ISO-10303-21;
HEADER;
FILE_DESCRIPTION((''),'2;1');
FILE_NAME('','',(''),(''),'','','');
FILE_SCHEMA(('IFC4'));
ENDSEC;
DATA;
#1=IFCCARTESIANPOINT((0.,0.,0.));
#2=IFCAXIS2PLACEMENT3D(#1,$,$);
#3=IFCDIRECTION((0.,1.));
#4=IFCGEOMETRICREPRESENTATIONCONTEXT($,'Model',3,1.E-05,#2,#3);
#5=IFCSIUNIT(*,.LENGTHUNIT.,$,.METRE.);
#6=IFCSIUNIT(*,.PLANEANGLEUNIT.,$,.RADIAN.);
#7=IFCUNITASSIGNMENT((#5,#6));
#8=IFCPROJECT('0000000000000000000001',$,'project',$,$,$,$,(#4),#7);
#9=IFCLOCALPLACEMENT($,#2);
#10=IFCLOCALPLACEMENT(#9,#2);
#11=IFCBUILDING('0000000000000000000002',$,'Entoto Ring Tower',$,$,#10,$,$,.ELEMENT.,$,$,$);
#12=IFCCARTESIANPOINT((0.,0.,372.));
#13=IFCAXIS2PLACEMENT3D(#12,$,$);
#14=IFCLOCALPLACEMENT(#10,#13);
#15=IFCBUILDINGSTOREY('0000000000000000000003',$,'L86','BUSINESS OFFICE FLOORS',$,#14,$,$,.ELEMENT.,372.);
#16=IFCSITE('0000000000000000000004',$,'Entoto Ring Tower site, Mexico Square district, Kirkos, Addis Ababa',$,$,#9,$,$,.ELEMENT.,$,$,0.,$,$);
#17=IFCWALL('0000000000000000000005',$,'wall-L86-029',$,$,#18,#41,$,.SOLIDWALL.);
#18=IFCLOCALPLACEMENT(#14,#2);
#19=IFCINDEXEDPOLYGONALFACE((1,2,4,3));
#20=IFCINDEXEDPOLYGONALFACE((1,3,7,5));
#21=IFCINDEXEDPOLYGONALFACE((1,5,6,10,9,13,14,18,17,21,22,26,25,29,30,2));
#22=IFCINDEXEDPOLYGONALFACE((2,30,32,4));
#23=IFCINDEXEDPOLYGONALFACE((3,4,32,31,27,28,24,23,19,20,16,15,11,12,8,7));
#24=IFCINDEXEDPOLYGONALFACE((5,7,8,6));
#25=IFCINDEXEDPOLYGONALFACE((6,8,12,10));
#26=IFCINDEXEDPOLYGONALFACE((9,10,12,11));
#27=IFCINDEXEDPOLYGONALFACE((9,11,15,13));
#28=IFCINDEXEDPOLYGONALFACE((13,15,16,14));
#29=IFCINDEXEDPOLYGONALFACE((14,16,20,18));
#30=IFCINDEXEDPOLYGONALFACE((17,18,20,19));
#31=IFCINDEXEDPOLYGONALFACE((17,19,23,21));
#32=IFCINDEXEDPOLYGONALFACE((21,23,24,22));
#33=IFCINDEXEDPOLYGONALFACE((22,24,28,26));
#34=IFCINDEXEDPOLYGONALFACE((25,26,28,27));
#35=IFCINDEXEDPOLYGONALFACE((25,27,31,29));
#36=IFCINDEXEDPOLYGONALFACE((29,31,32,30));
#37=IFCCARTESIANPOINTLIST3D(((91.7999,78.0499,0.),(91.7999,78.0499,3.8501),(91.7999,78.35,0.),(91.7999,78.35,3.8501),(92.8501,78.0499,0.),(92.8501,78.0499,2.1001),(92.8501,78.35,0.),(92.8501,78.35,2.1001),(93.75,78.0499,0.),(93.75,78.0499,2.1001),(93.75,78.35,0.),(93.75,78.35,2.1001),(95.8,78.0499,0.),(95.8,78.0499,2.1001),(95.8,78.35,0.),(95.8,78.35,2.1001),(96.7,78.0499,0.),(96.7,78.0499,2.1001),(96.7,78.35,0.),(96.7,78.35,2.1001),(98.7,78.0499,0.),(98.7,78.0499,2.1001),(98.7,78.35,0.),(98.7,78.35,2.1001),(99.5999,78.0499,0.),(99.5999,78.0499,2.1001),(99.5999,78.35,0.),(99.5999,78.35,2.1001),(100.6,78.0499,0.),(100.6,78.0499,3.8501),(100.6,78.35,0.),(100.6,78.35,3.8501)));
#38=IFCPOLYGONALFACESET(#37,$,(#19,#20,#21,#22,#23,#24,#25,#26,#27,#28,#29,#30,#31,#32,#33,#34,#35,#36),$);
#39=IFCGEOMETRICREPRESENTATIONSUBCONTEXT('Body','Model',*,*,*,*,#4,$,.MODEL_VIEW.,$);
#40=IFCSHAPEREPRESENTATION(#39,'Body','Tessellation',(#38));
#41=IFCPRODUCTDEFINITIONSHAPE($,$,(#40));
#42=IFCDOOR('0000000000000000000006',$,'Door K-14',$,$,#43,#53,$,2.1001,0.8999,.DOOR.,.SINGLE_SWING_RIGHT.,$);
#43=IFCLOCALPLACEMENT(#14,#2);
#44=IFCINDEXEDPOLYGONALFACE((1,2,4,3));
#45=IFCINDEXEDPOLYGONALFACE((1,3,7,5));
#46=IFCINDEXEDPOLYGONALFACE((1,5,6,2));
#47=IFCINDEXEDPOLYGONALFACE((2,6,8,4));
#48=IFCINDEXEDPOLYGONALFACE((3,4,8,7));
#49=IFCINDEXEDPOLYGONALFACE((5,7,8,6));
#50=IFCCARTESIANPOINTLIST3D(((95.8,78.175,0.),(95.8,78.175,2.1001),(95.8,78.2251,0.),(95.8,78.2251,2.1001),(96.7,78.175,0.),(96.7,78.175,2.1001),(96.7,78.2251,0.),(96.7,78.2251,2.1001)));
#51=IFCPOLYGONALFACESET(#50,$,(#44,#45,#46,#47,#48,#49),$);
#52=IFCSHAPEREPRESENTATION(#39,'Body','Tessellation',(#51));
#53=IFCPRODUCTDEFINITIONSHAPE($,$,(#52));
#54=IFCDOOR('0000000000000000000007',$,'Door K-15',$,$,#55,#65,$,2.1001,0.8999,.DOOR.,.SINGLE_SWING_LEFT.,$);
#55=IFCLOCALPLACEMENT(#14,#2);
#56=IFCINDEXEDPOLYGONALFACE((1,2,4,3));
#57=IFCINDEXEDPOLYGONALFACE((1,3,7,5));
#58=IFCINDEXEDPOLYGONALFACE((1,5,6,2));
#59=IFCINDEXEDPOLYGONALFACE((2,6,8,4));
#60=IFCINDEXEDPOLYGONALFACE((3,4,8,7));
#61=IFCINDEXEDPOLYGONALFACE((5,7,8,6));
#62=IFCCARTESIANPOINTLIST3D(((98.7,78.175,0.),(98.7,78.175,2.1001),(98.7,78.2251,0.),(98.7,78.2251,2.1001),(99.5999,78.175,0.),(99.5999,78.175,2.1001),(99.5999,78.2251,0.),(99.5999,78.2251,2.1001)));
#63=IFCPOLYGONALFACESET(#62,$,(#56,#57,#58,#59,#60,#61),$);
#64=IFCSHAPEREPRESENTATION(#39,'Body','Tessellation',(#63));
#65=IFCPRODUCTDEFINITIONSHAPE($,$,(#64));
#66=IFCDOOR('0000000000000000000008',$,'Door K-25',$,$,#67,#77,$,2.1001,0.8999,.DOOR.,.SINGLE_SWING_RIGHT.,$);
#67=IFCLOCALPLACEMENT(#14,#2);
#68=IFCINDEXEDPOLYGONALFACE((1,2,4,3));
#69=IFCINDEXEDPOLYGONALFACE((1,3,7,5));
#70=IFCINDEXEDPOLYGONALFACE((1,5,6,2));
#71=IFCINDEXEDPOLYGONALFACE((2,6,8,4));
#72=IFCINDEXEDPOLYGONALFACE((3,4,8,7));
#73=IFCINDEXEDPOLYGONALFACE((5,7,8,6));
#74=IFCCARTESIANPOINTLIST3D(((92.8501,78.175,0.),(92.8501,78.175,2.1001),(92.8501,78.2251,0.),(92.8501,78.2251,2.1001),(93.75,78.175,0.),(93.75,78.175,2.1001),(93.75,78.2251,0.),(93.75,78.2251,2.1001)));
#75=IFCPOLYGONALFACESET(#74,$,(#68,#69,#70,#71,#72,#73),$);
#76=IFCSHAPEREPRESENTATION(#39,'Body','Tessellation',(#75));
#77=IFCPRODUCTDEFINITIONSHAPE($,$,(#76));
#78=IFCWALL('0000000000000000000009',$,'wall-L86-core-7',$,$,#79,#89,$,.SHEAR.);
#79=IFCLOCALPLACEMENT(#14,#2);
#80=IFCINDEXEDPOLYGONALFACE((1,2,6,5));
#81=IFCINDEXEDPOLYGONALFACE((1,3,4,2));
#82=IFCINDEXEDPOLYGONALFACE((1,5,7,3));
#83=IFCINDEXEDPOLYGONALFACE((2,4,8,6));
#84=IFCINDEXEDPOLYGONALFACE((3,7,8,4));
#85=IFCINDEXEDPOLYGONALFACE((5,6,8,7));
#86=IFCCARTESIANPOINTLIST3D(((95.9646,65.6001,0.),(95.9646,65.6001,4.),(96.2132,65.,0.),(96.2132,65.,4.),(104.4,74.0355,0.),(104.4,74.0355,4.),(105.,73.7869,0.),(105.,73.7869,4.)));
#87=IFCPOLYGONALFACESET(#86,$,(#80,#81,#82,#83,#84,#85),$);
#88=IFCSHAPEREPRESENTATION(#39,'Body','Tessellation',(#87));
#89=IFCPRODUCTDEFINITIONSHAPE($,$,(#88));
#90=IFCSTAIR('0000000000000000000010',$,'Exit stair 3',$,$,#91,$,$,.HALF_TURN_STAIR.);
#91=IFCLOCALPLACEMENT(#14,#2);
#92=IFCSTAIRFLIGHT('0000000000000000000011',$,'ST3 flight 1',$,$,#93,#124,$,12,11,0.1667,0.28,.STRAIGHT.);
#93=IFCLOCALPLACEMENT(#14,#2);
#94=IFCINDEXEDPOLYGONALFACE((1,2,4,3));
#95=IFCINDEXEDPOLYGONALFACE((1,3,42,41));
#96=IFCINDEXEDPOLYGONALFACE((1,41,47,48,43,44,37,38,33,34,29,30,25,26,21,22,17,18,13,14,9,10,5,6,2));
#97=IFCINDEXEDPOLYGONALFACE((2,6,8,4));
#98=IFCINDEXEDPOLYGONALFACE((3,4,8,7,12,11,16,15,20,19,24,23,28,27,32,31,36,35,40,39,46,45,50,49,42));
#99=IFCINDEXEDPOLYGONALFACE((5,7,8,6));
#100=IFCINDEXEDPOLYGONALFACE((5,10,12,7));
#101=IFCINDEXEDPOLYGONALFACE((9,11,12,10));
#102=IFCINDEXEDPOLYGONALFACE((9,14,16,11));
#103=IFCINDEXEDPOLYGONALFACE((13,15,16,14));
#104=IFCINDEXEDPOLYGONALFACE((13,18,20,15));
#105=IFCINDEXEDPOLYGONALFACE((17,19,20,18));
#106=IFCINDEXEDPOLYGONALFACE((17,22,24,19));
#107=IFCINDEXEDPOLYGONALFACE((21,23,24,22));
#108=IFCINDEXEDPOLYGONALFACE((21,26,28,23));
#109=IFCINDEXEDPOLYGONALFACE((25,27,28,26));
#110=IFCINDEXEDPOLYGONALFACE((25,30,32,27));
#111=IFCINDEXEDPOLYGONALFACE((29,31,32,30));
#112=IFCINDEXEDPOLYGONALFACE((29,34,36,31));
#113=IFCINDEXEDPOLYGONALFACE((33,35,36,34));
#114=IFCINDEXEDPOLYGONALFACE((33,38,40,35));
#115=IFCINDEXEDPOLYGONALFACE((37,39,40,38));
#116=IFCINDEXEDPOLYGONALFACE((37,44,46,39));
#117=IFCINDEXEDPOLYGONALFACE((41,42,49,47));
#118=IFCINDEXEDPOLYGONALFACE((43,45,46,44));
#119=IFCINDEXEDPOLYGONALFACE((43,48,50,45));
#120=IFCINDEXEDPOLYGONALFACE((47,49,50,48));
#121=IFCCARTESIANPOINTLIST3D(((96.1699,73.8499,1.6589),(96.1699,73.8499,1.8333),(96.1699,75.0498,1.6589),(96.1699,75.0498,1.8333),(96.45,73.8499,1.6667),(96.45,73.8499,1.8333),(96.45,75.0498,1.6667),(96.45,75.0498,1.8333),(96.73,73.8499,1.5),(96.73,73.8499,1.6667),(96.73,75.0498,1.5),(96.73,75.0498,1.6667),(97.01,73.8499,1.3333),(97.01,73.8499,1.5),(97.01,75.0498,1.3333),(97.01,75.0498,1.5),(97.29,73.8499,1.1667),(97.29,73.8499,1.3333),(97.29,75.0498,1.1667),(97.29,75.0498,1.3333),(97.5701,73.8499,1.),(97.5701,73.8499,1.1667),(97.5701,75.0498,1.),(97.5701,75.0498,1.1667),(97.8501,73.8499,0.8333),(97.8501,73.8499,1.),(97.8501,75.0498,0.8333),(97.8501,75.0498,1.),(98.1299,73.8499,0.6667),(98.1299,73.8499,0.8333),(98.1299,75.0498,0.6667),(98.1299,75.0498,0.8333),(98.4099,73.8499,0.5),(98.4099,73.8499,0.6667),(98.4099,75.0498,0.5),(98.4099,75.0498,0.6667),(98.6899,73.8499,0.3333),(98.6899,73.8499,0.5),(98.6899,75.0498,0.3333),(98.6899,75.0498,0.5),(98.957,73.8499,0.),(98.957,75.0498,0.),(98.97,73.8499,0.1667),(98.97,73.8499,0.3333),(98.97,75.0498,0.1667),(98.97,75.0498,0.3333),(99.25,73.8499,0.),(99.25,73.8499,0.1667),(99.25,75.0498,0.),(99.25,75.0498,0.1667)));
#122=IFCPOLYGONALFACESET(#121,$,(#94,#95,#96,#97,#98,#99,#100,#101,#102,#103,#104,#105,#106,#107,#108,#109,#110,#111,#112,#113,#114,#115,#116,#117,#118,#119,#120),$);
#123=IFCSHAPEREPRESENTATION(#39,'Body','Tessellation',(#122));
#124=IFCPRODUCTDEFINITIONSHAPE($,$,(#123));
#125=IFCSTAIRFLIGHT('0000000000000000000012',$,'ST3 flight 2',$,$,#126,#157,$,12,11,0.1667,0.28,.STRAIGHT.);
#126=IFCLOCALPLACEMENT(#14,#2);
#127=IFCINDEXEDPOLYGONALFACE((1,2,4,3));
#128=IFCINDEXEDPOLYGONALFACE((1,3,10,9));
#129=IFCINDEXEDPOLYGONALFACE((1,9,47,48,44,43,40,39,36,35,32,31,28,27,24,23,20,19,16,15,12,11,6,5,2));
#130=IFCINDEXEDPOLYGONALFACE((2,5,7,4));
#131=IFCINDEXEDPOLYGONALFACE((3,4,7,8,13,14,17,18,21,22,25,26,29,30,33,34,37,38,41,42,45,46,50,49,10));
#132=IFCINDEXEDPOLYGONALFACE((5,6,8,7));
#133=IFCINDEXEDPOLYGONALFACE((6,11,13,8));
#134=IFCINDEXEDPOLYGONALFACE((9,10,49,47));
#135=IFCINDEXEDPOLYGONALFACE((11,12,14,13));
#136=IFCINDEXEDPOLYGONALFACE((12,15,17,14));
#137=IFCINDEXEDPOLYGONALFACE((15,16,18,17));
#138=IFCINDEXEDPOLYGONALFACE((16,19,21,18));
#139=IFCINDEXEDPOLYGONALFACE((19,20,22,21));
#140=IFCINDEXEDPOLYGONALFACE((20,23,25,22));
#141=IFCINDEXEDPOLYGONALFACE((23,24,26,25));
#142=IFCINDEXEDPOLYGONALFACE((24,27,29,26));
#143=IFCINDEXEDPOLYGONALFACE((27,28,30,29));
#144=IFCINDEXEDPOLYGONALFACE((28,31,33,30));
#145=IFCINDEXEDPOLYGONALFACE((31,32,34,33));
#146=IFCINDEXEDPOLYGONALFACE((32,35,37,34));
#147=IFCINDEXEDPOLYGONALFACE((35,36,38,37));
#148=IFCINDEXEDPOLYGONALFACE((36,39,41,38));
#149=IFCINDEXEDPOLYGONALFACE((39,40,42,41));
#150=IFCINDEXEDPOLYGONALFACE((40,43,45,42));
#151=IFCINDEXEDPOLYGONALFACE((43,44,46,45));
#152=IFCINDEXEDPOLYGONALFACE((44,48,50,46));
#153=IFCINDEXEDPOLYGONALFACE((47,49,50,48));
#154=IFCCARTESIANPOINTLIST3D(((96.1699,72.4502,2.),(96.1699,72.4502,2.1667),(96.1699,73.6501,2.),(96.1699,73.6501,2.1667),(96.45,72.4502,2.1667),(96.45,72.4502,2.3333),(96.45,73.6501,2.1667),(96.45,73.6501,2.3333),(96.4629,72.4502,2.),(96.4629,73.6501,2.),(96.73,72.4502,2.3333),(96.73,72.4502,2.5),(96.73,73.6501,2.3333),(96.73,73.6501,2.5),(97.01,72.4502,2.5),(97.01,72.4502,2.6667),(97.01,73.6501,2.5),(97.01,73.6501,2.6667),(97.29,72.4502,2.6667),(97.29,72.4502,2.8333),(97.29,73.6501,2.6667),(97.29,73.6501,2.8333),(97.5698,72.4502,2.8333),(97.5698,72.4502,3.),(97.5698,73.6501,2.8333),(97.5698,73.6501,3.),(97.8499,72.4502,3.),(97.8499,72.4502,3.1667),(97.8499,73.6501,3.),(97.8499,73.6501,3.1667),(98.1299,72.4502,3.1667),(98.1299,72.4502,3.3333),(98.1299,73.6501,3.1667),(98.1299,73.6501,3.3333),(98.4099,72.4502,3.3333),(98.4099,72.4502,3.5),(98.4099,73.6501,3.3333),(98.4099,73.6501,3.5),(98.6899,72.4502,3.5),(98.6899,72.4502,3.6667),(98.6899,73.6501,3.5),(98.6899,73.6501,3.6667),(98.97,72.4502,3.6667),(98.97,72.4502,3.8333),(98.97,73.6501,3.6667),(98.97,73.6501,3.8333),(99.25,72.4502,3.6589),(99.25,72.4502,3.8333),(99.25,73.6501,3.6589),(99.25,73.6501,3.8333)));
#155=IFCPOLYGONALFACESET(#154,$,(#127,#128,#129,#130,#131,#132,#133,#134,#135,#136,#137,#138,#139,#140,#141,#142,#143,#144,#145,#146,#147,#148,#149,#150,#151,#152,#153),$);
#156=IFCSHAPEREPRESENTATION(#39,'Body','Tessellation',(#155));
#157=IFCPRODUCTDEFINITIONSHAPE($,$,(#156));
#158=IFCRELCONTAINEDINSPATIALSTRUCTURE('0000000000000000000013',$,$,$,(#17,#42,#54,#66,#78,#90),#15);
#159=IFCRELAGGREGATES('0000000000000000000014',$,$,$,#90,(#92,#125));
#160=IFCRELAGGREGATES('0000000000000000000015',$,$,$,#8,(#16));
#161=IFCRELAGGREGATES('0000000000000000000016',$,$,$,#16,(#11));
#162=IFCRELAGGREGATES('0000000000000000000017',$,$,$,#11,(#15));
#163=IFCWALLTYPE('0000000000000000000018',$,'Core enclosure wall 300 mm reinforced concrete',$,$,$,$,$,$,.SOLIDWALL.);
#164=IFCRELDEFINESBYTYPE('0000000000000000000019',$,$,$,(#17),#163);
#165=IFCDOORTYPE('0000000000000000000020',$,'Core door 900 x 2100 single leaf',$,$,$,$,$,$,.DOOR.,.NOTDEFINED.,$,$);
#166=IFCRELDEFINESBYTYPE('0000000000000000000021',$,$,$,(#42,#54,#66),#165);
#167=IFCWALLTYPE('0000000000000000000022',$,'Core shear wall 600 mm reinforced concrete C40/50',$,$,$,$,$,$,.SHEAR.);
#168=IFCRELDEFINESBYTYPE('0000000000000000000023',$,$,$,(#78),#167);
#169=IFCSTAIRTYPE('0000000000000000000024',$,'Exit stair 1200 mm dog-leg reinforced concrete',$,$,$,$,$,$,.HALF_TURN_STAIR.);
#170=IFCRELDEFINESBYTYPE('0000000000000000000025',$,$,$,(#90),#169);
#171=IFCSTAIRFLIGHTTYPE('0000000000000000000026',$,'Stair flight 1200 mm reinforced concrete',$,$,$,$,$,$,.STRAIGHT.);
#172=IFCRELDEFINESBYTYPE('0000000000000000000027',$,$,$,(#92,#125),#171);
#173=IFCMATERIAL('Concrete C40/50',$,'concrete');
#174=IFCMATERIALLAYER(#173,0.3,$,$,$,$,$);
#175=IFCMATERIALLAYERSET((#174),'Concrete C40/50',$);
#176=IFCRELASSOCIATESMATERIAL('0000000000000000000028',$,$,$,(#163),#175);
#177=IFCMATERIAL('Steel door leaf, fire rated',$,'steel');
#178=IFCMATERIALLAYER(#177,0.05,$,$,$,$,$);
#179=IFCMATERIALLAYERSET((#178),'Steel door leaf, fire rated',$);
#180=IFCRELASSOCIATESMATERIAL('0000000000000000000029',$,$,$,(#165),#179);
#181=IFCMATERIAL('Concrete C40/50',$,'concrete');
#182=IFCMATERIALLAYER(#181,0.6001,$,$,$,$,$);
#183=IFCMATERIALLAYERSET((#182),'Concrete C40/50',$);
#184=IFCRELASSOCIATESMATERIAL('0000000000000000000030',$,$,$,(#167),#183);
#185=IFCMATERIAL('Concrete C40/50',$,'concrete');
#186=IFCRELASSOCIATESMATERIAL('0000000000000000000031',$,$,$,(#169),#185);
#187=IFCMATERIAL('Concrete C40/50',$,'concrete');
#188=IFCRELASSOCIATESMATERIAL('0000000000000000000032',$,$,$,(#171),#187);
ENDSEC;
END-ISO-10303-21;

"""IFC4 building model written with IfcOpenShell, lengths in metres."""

from ifc_helpers import new_model, si_unit, direction, frame, frame_2d, origin, place, context, subcontext, project, spatial, polyline, rectangle, outline, extrude, material, layer, layer_set, type_object, element, fill, aggregate, save


model = new_model("IFC4")

# Units and contexts
model_context = context("Model", 3, precision=1e-05, world=origin(), true_north=direction((0.0, 1.0)))
body_context = subcontext(model_context, "Body", "Model", "MODEL_VIEW")
ifc_project = project(units=[si_unit("LENGTHUNIT", "METRE"), si_unit("PLANEANGLEUNIT", "RADIAN")], contexts=[model_context])

# Site, building, storey
site_placement = place(None, origin())
site = spatial("IfcSite", under=ifc_project, at=site_placement, Name="Entoto Ring Tower site, Mexico Square district, Kirkos, Addis Ababa", CompositionType="ELEMENT", RefElevation=0.0)
building_placement = place(site_placement, origin())
building = spatial("IfcBuilding", under=site, at=building_placement, Name="Entoto Ring Tower", CompositionType="ELEMENT")
storey_placement = place(building_placement, frame((0.0, 0.0, 372.0)))
storey = spatial("IfcBuildingStorey", under=building, at=storey_placement, Name="L86", Description="BUSINESS OFFICE FLOORS", CompositionType="ELEMENT", Elevation=372.0)

# Shared definitions
ifc_material_1 = material(Name="Concrete C40/50", Category="concrete")
ifc_layer_1 = layer(ifc_material_1, 0.3)
ifc_layer_set_1 = layer_set([ifc_layer_1], Name="Concrete C40/50")
wall_type_1 = type_object("IfcWallType", Name="Core enclosure wall 300 mm reinforced concrete", PredefinedType="SOLIDWALL", material=ifc_layer_set_1)

# Shared definitions
ifc_material_2 = material(Name="Steel door leaf, fire rated", Category="steel")
ifc_layer_2 = layer(ifc_material_2, 0.05)
ifc_layer_set_2 = layer_set([ifc_layer_2], Name="Steel door leaf, fire rated")
door_type_1 = type_object("IfcDoorType", Name="Core door 900 x 2100 single leaf", OperationType="NOTDEFINED", PredefinedType="DOOR", material=ifc_layer_set_2)

# Wall, openings, doors
wall_1_placement = place(storey_placement, frame((91.8, 78.2, 0.0), z_axis=(0.0, 0.0, 1.0), x_axis=(1.0, 0.0, 0.0)))
wall_1 = element("IfcWall", 1, at=wall_1_placement, inside=storey, type_object=wall_type_1, Name="wall-L86-029", PredefinedType="SOLIDWALL", context=body_context, shape_type="SweptSolid", body=[
    extrude(rectangle(XDim=8.8, YDim=0.3, at=frame_2d((4.3999, 0.0))), origin(), (0.0, 0.0, 1.0), 3.8501),
])
opening_1_placement = place(wall_1_placement, frame((4.0, 0.0, 0.0)))
opening_1 = element("IfcOpeningElement", 2, at=opening_1_placement, cuts=wall_1, PredefinedType="OPENING", context=body_context, shape_type="SweptSolid", body=[
    extrude(rectangle(XDim=0.8999, YDim=2.1001, at=frame_2d((0.45, 1.05))), frame((0.0, 0.1602, 0.0), z_axis=(0.0, -1.0, 0.0), x_axis=(1.0, 0.0, 0.0)), (0.0, 0.0, 1.0), 0.3201),
])
opening_2_placement = place(wall_1_placement, frame((6.8999, 0.0, 0.0)))
opening_2 = element("IfcOpeningElement", 3, at=opening_2_placement, cuts=wall_1, PredefinedType="OPENING", context=body_context, shape_type="SweptSolid", body=[
    extrude(rectangle(XDim=0.8999, YDim=2.1001, at=frame_2d((0.45, 1.05))), frame((0.0, 0.1602, 0.0), z_axis=(0.0, -1.0, 0.0), x_axis=(1.0, 0.0, 0.0)), (0.0, 0.0, 1.0), 0.3201),
])
opening_3_placement = place(wall_1_placement, frame((1.05, 0.0, 0.0)))
opening_3 = element("IfcOpeningElement", 4, at=opening_3_placement, cuts=wall_1, PredefinedType="OPENING", context=body_context, shape_type="SweptSolid", body=[
    extrude(rectangle(XDim=0.8999, YDim=2.1001, at=frame_2d((0.45, 1.05))), frame((0.0, 0.1602, 0.0), z_axis=(0.0, -1.0, 0.0), x_axis=(1.0, 0.0, 0.0)), (0.0, 0.0, 1.0), 0.3201),
])
door_1_placement = place(opening_1_placement, frame((0.8999, 0.0, 0.0), z_axis=(0.0, 0.0, 1.0), x_axis=(-1.0, 0.0, 0.0)))
door_1 = element("IfcDoor", 5, at=door_1_placement, inside=storey, type_object=door_type_1, Name="Door K-14", OperationType="SINGLE_SWING_RIGHT", OverallHeight=2.1001, OverallWidth=0.8999, PredefinedType="DOOR", context=body_context, shape_type="SweptSolid", body=[
    extrude(rectangle(XDim=0.8999, YDim=2.1001, at=frame_2d((0.45, 1.05))), frame((0.0, 0.0249, 0.0), z_axis=(0.0, -1.0, 0.0), x_axis=(1.0, 0.0, 0.0)), (0.0, 0.0, 1.0), 0.05),
])
fill(opening_1, door_1)
door_2_placement = place(opening_2_placement, frame((0.8999, 0.0, 0.0), z_axis=(0.0, 0.0, 1.0), x_axis=(-1.0, 0.0, 0.0)))
door_2 = element("IfcDoor", 6, at=door_2_placement, inside=storey, type_object=door_type_1, Name="Door K-15", OperationType="SINGLE_SWING_LEFT", OverallHeight=2.1001, OverallWidth=0.8999, PredefinedType="DOOR", context=body_context, shape_type="SweptSolid", body=[
    extrude(rectangle(XDim=0.8999, YDim=2.1001, at=frame_2d((0.45, 1.05))), frame((0.0, 0.0249, 0.0), z_axis=(0.0, -1.0, 0.0), x_axis=(1.0, 0.0, 0.0)), (0.0, 0.0, 1.0), 0.05),
])
fill(opening_2, door_2)
door_3_placement = place(opening_3_placement, frame((0.8999, 0.0, 0.0), z_axis=(0.0, 0.0, 1.0), x_axis=(-1.0, 0.0, 0.0)))
door_3 = element("IfcDoor", 7, at=door_3_placement, inside=storey, type_object=door_type_1, Name="Door K-25", OperationType="SINGLE_SWING_RIGHT", OverallHeight=2.1001, OverallWidth=0.8999, PredefinedType="DOOR", context=body_context, shape_type="SweptSolid", body=[
    extrude(rectangle(XDim=0.8999, YDim=2.1001, at=frame_2d((0.45, 1.05))), frame((0.0, 0.0249, 0.0), z_axis=(0.0, -1.0, 0.0), x_axis=(1.0, 0.0, 0.0)), (0.0, 0.0, 1.0), 0.05),
])
fill(opening_3, door_3)

# Wall
ifc_material_3 = material(Name="Concrete C40/50", Category="concrete")
ifc_layer_3 = layer(ifc_material_3, 0.6001)
ifc_layer_set_3 = layer_set([ifc_layer_3], Name="Concrete C40/50")
wall_type_2 = type_object("IfcWallType", Name="Core shear wall 600 mm reinforced concrete C40/50", PredefinedType="SHEAR", material=ifc_layer_set_3)
wall_2_placement = place(storey_placement, frame((96.0889, 65.3, 0.0), z_axis=(0.0, 0.0, 1.0), x_axis=(0.707107, 0.707107, 0.0)))
element("IfcWall", 8, at=wall_2_placement, inside=storey, type_object=wall_type_2, Name="wall-L86-core-7", PredefinedType="SHEAR", context=body_context, shape_type="SweptSolid", body=[
    extrude(outline(polyline([(-0.1243, -0.3), (12.3022, -0.3), (12.0537, 0.3), (0.1243, 0.3), (-0.1243, -0.3)])), origin(), (0.0, 0.0, 1.0), 4.0),
])

# Stair, stair flights
ifc_material_4 = material(Name="Concrete C40/50", Category="concrete")
stair_type = type_object("IfcStairType", Name="Exit stair 1200 mm dog-leg reinforced concrete", PredefinedType="HALF_TURN_STAIR", material=ifc_material_4)
stair_placement = place(storey_placement, origin())
stair = element("IfcStair", 9, at=stair_placement, inside=storey, type_object=stair_type, Name="Exit stair 3", PredefinedType="HALF_TURN_STAIR")
ifc_material_5 = material(Name="Concrete C40/50", Category="concrete")
stair_flight_type = type_object("IfcStairFlightType", Name="Stair flight 1200 mm reinforced concrete", PredefinedType="STRAIGHT", material=ifc_material_5)
stair_flight_1_placement = place(storey_placement, frame((99.25, 74.45, 0.0), z_axis=(0.0, 0.0, 1.0), x_axis=(-1.0, 0.0, 0.0)))
stair_flight_1 = element("IfcStairFlight", 10, at=stair_flight_1_placement, type_object=stair_flight_type, Name="ST3 flight 1", NumberOfRisers=12, NumberOfTreads=11, PredefinedType="STRAIGHT", RiserHeight=0.1667, TreadLength=0.28, context=body_context, shape_type="SweptSolid", body=[
    extrude(outline(polyline([(0.0, 0.0), (0.0, 0.1667), (0.28, 0.1667), (0.28, 0.3333), (0.5601, 0.3333), (0.5601, 0.5), (0.8401, 0.5), (0.8401, 0.6667), (1.1201, 0.6667), (1.1201, 0.8333), (1.3999, 0.8333), (1.3999, 1.0), (1.6799, 1.0), (1.6799, 1.1667), (1.96, 1.1667), (1.96, 1.3333), (2.24, 1.3333), (2.24, 1.5), (2.52, 1.5), (2.52, 1.6667), (2.8, 1.6667), (2.8, 1.8333), (3.0801, 1.8333), (3.0801, 2.0), (3.0801, 1.6589), (0.293, 0.0), (0.0, 0.0)])), frame((0.0, 0.6001, 0.0), z_axis=(0.0, -1.0, 0.0), x_axis=(1.0, 0.0, 0.0)), (0.0, 0.0, 1.0), 1.2),
])
stair_flight_2_placement = place(storey_placement, frame((96.1699, 73.05, 2.0), z_axis=(0.0, 0.0, 1.0), x_axis=(1.0, 0.0, 0.0)))
stair_flight_2 = element("IfcStairFlight", 11, at=stair_flight_2_placement, type_object=stair_flight_type, Name="ST3 flight 2", NumberOfRisers=12, NumberOfTreads=11, PredefinedType="STRAIGHT", RiserHeight=0.1667, TreadLength=0.28, context=body_context, shape_type="SweptSolid", body=[
    extrude(outline(polyline([(0.0, 0.0), (0.0, 0.1667), (0.28, 0.1667), (0.28, 0.3333), (0.5601, 0.3333), (0.5601, 0.5), (0.8401, 0.5), (0.8401, 0.6667), (1.1201, 0.6667), (1.1201, 0.8333), (1.3999, 0.8333), (1.3999, 1.0), (1.6799, 1.0), (1.6799, 1.1667), (1.96, 1.1667), (1.96, 1.3333), (2.24, 1.3333), (2.24, 1.5), (2.52, 1.5), (2.52, 1.6667), (2.8, 1.6667), (2.8, 1.8333), (3.0801, 1.8333), (3.0801, 2.0), (3.0801, 1.6589), (0.293, 0.0), (0.0, 0.0)])), frame((0.0, 0.6001, 0.0), z_axis=(0.0, -1.0, 0.0), x_axis=(1.0, 0.0, 0.0)), (0.0, 0.0, 1.0), 1.2),
])
aggregate(stair, [stair_flight_1, stair_flight_2])

save(model, "model.ifc")
